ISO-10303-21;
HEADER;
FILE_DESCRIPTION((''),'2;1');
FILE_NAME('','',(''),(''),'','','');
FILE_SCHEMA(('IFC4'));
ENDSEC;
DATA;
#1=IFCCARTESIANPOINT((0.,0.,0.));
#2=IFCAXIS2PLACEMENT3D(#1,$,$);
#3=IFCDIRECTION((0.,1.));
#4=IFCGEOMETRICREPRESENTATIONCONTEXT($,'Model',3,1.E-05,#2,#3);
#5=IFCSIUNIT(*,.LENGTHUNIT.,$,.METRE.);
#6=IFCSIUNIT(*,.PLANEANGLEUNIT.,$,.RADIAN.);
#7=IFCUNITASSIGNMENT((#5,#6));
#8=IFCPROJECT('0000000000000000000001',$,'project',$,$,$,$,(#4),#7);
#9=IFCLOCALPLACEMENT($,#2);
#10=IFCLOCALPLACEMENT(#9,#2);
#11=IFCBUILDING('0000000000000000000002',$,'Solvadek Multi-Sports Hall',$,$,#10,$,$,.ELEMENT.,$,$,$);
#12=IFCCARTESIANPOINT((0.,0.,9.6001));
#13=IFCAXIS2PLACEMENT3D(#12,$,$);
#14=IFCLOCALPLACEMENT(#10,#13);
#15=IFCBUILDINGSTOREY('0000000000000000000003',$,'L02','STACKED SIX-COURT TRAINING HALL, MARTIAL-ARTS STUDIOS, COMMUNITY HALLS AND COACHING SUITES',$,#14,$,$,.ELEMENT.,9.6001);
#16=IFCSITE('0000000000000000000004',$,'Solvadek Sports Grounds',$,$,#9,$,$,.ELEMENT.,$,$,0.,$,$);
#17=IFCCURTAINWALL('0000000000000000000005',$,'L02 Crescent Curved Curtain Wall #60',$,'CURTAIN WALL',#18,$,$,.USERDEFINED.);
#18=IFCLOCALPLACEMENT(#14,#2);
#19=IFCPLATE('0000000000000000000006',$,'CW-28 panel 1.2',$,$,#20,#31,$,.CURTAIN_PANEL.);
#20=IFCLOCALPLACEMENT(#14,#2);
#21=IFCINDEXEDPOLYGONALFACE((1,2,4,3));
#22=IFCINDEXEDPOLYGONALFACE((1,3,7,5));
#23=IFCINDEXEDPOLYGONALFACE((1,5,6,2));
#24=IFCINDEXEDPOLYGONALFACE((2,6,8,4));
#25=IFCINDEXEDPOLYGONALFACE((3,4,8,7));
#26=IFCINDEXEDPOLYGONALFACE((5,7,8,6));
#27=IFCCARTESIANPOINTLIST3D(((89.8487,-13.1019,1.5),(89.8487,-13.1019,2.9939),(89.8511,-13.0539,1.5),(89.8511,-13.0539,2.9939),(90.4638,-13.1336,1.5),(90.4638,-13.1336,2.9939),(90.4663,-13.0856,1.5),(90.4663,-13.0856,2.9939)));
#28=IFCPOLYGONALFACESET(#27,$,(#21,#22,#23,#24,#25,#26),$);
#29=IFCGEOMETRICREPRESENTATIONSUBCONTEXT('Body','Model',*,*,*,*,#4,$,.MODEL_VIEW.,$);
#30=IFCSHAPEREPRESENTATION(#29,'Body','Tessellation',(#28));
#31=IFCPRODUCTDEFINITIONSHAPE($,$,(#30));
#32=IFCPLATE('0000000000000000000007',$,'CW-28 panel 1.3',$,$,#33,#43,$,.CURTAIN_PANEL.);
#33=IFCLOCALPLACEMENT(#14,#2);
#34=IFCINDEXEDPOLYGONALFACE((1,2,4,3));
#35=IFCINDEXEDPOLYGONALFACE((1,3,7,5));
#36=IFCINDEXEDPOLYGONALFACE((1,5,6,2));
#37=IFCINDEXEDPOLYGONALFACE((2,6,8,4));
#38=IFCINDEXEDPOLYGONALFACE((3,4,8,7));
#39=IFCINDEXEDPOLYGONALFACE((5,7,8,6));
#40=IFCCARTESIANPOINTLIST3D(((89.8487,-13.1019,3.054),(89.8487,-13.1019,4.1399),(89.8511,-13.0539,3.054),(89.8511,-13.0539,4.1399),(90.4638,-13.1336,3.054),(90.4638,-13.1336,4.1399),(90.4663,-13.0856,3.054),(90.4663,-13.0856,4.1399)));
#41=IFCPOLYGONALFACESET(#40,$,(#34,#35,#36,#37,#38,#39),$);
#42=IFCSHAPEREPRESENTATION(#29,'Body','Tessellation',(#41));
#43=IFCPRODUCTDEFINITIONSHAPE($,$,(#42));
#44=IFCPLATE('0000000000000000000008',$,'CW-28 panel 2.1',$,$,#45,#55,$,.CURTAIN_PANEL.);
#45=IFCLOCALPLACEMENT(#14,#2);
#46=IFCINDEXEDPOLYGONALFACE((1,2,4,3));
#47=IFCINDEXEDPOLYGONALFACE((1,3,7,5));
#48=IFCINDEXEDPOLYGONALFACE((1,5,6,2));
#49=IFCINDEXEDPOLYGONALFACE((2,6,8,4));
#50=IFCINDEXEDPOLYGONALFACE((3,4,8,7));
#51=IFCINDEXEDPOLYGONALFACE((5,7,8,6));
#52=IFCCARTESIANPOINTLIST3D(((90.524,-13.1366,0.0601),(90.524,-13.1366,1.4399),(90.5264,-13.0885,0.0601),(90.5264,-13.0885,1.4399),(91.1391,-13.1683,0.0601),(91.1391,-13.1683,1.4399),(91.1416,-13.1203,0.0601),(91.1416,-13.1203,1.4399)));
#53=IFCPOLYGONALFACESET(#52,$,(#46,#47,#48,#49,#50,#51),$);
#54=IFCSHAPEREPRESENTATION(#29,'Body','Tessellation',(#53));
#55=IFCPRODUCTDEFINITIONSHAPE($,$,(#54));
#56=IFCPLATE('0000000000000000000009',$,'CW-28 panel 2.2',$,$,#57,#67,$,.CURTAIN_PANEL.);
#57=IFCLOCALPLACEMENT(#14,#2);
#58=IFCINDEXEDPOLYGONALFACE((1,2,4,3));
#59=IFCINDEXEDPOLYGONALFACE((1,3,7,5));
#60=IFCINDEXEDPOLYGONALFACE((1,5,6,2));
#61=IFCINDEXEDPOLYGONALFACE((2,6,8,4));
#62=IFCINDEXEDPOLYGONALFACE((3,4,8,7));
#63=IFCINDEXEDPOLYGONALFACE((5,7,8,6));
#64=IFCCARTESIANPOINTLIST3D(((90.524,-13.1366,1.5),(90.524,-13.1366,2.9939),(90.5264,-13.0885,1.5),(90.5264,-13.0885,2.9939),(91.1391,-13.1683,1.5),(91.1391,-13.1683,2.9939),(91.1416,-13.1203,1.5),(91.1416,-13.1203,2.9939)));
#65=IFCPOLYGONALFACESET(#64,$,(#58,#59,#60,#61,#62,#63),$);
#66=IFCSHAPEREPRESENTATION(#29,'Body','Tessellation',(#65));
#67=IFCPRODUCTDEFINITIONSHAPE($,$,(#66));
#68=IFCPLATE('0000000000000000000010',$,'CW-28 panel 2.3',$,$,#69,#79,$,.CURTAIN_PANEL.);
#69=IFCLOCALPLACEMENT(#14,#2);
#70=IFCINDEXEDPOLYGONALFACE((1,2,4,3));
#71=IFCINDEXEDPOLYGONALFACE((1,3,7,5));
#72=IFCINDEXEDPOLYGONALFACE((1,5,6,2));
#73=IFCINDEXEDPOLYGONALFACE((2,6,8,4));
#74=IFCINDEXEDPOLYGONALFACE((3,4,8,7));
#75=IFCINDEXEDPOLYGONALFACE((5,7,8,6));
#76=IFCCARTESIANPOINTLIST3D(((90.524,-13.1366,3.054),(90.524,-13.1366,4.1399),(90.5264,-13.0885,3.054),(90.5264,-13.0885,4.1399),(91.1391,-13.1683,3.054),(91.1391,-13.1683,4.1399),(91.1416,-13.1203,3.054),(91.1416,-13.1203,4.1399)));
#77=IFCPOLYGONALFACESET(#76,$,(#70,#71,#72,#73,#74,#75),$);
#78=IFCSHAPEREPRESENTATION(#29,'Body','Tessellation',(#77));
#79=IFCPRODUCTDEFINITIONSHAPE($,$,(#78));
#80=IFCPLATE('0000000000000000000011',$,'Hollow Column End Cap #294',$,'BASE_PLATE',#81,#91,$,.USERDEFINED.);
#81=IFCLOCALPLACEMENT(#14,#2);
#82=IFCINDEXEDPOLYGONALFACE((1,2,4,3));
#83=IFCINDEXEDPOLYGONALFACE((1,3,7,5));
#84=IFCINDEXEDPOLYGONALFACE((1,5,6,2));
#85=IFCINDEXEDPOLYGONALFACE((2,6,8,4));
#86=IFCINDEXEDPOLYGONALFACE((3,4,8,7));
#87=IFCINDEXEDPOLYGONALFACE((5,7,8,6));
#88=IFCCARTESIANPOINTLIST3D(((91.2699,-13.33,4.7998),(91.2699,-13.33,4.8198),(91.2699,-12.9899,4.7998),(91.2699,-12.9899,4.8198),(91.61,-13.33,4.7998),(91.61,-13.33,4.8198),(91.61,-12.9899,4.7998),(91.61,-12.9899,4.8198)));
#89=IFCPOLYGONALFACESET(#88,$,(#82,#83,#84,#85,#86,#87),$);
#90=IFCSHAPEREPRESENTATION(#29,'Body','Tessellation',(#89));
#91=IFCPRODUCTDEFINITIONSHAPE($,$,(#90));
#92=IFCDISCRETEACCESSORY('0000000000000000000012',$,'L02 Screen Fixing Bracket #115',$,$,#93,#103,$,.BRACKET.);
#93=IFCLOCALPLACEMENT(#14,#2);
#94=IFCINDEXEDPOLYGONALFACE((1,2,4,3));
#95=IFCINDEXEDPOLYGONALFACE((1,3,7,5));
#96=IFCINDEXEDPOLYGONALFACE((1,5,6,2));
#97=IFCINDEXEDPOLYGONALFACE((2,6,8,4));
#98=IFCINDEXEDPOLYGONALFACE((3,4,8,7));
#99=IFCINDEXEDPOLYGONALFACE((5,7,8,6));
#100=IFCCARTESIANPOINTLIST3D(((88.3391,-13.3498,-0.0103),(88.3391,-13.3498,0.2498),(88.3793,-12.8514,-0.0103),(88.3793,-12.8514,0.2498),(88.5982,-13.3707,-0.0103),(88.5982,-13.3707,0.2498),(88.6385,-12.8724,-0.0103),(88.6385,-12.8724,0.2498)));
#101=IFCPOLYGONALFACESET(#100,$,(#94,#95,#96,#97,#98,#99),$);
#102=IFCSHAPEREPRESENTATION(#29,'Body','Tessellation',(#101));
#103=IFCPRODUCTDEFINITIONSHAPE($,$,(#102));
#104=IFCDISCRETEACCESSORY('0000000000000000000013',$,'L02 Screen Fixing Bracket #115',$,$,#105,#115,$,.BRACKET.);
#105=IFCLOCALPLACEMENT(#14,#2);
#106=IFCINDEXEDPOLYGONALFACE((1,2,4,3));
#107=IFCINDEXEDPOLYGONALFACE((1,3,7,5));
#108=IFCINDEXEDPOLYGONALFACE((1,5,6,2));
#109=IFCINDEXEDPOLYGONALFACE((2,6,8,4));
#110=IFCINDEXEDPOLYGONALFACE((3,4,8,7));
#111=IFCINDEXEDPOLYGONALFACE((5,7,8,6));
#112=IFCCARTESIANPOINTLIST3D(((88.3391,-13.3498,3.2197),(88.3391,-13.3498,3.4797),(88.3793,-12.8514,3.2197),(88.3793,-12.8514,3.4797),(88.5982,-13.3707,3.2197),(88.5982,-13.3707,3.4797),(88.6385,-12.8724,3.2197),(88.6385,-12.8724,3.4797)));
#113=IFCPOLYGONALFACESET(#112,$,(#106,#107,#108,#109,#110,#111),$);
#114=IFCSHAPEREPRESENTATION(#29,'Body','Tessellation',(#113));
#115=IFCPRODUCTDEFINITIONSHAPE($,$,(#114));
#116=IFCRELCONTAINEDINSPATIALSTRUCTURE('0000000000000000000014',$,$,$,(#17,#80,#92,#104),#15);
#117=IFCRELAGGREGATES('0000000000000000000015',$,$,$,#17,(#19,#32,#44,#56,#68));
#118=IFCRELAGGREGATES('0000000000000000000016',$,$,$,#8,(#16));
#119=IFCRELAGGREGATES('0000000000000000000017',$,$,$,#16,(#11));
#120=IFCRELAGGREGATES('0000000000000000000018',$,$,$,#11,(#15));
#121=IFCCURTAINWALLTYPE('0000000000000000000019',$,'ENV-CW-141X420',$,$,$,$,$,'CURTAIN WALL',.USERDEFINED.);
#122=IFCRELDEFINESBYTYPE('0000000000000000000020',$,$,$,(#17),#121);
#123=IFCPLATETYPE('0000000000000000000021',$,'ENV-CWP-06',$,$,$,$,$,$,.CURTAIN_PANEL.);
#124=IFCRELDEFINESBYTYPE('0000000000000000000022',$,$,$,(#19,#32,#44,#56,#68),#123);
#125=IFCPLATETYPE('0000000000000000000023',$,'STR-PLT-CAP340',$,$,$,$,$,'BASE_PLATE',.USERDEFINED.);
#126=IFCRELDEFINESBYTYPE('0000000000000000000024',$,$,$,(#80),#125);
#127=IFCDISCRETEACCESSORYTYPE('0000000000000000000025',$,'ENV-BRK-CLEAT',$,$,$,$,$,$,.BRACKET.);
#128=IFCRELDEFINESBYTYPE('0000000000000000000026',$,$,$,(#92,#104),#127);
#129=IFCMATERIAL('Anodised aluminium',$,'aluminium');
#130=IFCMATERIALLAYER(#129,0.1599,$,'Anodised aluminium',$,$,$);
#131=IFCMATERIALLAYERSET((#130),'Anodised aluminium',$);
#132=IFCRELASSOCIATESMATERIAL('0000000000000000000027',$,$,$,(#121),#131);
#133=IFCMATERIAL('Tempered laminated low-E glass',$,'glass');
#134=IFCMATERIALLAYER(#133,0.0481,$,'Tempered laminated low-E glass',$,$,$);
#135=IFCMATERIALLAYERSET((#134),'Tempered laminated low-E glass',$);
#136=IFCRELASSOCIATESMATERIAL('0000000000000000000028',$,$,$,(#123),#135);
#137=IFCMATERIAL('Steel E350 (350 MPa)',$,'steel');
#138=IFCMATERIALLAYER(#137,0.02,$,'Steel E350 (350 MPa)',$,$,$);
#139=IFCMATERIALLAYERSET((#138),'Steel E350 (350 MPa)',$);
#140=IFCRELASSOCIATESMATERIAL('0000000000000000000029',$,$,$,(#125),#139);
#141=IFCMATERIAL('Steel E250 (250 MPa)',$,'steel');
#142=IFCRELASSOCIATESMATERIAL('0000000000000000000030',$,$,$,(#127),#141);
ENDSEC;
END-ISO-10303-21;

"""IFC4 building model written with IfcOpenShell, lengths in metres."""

from ifc_helpers import new_model, si_unit, direction, frame, origin, origin_2d, place, context, subcontext, project, spatial, rectangle, extrude, material, layer, layer_set, type_object, element, aggregate, save


model = new_model("IFC4")

# Units and contexts
model_context = context("Model", 3, precision=1e-05, world=origin(), true_north=direction((0.0, 1.0)))
body_context = subcontext(model_context, "Body", "Model", "MODEL_VIEW")
ifc_project = project(units=[si_unit("LENGTHUNIT", "METRE"), si_unit("PLANEANGLEUNIT", "RADIAN")], contexts=[model_context])

# Site, building, storey
site_placement = place(None, origin())
site = spatial("IfcSite", under=ifc_project, at=site_placement, Name="Solvadek Sports Grounds", CompositionType="ELEMENT", RefElevation=0.0)
building_placement = place(site_placement, origin())
building = spatial("IfcBuilding", under=site, at=building_placement, Name="Solvadek Multi-Sports Hall", CompositionType="ELEMENT")
storey_placement = place(building_placement, frame((0.0, 0.0, 9.6001)))
storey = spatial("IfcBuildingStorey", under=building, at=storey_placement, Name="L02", Description="STACKED SIX-COURT TRAINING HALL, MARTIAL-ARTS STUDIOS, COMMUNITY HALLS AND COACHING SUITES", CompositionType="ELEMENT", Elevation=9.6001)

# Shared definitions
ifc_material_1 = material(Name="Steel E350 (350 MPa)", Category="steel")

# Curtain wall
ifc_material_2 = material(Name="Anodised aluminium", Category="aluminium")
ifc_layer_1 = layer(ifc_material_2, 0.1599, Name="Anodised aluminium")
ifc_layer_set_1 = layer_set([ifc_layer_1], Name="Anodised aluminium")
curtain_wall_type = type_object("IfcCurtainWallType", Name="ENV-CW-141X420", ElementType="CURTAIN WALL", PredefinedType="USERDEFINED", material=ifc_layer_set_1)
curtain_wall_1_placement = place(storey_placement, origin())
curtain_wall_1 = element("IfcCurtainWall", 1, at=curtain_wall_1_placement, inside=storey, type_object=curtain_wall_type, Name="L02 Crescent Curved Curtain Wall #60", ObjectType="CURTAIN WALL", PredefinedType="USERDEFINED")

# Shared definitions
ifc_material_3 = material(Name="Steel E250 (250 MPa)", Category="steel")

# Shared definitions
ifc_material_4 = material(Name="Tempered laminated low-E glass", Category="glass")

# Plates
ifc_layer_2 = layer(ifc_material_4, 0.0481, Name="Tempered laminated low-E glass")
ifc_layer_set_2 = layer_set([ifc_layer_2], Name="Tempered laminated low-E glass")
plate_type_1 = type_object("IfcPlateType", Name="ENV-CWP-06", PredefinedType="CURTAIN_PANEL", material=ifc_layer_set_2)
plate_1_placement = place(storey_placement, frame((90.1575, -13.0938, 1.5), z_axis=(0.0, 0.0, 1.0), x_axis=(0.99867, -0.051552, 0.0)))
plate_1 = element("IfcPlate", 2, at=plate_1_placement, type_object=plate_type_1, Name="CW-28 panel 1.2", PredefinedType="CURTAIN_PANEL", context=body_context, shape_type="SweptSolid", body=[
    extrude(rectangle(XDim=0.616, YDim=0.0481, at=origin_2d()), origin(), (0.0, 0.0, 1.0), 1.4939),
])
plate_2_placement = place(storey_placement, frame((90.1575, -13.0938, 3.054), z_axis=(0.0, 0.0, 1.0), x_axis=(0.99867, -0.051552, 0.0)))
plate_2 = element("IfcPlate", 3, at=plate_2_placement, type_object=plate_type_1, Name="CW-28 panel 1.3", PredefinedType="CURTAIN_PANEL", context=body_context, shape_type="SweptSolid", body=[
    extrude(rectangle(XDim=0.616, YDim=0.0481, at=origin_2d()), origin(), (0.0, 0.0, 1.0), 1.0859),
])
plate_3_placement = place(storey_placement, frame((90.8328, -13.1284, 0.0601), z_axis=(0.0, 0.0, 1.0), x_axis=(0.99867, -0.051552, 0.0)))
plate_3 = element("IfcPlate", 4, at=plate_3_placement, type_object=plate_type_1, Name="CW-28 panel 2.1", PredefinedType="CURTAIN_PANEL", context=body_context, shape_type="SweptSolid", body=[
    extrude(rectangle(XDim=0.616, YDim=0.0481, at=origin_2d()), origin(), (0.0, 0.0, 1.0), 1.3799),
])
plate_4_placement = place(storey_placement, frame((90.8328, -13.1284, 1.5), z_axis=(0.0, 0.0, 1.0), x_axis=(0.99867, -0.051552, 0.0)))
plate_4 = element("IfcPlate", 5, at=plate_4_placement, type_object=plate_type_1, Name="CW-28 panel 2.2", PredefinedType="CURTAIN_PANEL", context=body_context, shape_type="SweptSolid", body=[
    extrude(rectangle(XDim=0.616, YDim=0.0481, at=origin_2d()), origin(), (0.0, 0.0, 1.0), 1.4939),
])
plate_5_placement = place(storey_placement, frame((90.8328, -13.1284, 3.054), z_axis=(0.0, 0.0, 1.0), x_axis=(0.99867, -0.051552, 0.0)))
plate_5 = element("IfcPlate", 6, at=plate_5_placement, type_object=plate_type_1, Name="CW-28 panel 2.3", PredefinedType="CURTAIN_PANEL", context=body_context, shape_type="SweptSolid", body=[
    extrude(rectangle(XDim=0.616, YDim=0.0481, at=origin_2d()), origin(), (0.0, 0.0, 1.0), 1.0859),
])
aggregate(curtain_wall_1, [plate_1, plate_2, plate_3, plate_4, plate_5])
ifc_layer_3 = layer(ifc_material_1, 0.02, Name="Steel E350 (350 MPa)")
ifc_layer_set_3 = layer_set([ifc_layer_3], Name="Steel E350 (350 MPa)")
plate_type_2 = type_object("IfcPlateType", Name="STR-PLT-CAP340", ElementType="BASE_PLATE", PredefinedType="USERDEFINED", material=ifc_layer_set_3)
plate_6_placement = place(storey_placement, frame((91.4399, -13.1599, 4.7998), z_axis=(0.0, 0.0, 1.0), x_axis=(1.0, 0.0, 0.0)))
element("IfcPlate", 7, at=plate_6_placement, inside=storey, type_object=plate_type_2, Name="Hollow Column End Cap #294", ObjectType="BASE_PLATE", PredefinedType="USERDEFINED", context=body_context, shape_type="SweptSolid", body=[
    extrude(rectangle(XDim=0.3401, YDim=0.3401, at=origin_2d()), origin(), (0.0, 0.0, 1.0), 0.02),
])

# Discrete accessories
discrete_accessory_type = type_object("IfcDiscreteAccessoryType", Name="ENV-BRK-CLEAT", PredefinedType="BRACKET", material=ifc_material_3)
for number, where, z_axis, x_axis, name in (
    (8, (88.4888, -13.1111, -0.0103), (0.0, 0.0, 1.0), (0.996758, -0.080453, 0.0), "L02 Screen Fixing Bracket #115"),
    (9, (88.4888, -13.1111, 3.2197), (0.0, 0.0, 1.0), (0.996758, -0.080453, 0.0), "L02 Screen Fixing Bracket #115"),
):
    element("IfcDiscreteAccessory", number, at=place(storey_placement, frame(where, z_axis=z_axis, x_axis=x_axis)), inside=storey, type_object=discrete_accessory_type, Name=name, PredefinedType="BRACKET", context=body_context, shape_type="SweptSolid", body=[
        extrude(rectangle(XDim=0.26, YDim=0.5, at=origin_2d()), origin(), (0.0, 0.0, 1.0), 0.26),
    ])

save(model, "model.ifc")
